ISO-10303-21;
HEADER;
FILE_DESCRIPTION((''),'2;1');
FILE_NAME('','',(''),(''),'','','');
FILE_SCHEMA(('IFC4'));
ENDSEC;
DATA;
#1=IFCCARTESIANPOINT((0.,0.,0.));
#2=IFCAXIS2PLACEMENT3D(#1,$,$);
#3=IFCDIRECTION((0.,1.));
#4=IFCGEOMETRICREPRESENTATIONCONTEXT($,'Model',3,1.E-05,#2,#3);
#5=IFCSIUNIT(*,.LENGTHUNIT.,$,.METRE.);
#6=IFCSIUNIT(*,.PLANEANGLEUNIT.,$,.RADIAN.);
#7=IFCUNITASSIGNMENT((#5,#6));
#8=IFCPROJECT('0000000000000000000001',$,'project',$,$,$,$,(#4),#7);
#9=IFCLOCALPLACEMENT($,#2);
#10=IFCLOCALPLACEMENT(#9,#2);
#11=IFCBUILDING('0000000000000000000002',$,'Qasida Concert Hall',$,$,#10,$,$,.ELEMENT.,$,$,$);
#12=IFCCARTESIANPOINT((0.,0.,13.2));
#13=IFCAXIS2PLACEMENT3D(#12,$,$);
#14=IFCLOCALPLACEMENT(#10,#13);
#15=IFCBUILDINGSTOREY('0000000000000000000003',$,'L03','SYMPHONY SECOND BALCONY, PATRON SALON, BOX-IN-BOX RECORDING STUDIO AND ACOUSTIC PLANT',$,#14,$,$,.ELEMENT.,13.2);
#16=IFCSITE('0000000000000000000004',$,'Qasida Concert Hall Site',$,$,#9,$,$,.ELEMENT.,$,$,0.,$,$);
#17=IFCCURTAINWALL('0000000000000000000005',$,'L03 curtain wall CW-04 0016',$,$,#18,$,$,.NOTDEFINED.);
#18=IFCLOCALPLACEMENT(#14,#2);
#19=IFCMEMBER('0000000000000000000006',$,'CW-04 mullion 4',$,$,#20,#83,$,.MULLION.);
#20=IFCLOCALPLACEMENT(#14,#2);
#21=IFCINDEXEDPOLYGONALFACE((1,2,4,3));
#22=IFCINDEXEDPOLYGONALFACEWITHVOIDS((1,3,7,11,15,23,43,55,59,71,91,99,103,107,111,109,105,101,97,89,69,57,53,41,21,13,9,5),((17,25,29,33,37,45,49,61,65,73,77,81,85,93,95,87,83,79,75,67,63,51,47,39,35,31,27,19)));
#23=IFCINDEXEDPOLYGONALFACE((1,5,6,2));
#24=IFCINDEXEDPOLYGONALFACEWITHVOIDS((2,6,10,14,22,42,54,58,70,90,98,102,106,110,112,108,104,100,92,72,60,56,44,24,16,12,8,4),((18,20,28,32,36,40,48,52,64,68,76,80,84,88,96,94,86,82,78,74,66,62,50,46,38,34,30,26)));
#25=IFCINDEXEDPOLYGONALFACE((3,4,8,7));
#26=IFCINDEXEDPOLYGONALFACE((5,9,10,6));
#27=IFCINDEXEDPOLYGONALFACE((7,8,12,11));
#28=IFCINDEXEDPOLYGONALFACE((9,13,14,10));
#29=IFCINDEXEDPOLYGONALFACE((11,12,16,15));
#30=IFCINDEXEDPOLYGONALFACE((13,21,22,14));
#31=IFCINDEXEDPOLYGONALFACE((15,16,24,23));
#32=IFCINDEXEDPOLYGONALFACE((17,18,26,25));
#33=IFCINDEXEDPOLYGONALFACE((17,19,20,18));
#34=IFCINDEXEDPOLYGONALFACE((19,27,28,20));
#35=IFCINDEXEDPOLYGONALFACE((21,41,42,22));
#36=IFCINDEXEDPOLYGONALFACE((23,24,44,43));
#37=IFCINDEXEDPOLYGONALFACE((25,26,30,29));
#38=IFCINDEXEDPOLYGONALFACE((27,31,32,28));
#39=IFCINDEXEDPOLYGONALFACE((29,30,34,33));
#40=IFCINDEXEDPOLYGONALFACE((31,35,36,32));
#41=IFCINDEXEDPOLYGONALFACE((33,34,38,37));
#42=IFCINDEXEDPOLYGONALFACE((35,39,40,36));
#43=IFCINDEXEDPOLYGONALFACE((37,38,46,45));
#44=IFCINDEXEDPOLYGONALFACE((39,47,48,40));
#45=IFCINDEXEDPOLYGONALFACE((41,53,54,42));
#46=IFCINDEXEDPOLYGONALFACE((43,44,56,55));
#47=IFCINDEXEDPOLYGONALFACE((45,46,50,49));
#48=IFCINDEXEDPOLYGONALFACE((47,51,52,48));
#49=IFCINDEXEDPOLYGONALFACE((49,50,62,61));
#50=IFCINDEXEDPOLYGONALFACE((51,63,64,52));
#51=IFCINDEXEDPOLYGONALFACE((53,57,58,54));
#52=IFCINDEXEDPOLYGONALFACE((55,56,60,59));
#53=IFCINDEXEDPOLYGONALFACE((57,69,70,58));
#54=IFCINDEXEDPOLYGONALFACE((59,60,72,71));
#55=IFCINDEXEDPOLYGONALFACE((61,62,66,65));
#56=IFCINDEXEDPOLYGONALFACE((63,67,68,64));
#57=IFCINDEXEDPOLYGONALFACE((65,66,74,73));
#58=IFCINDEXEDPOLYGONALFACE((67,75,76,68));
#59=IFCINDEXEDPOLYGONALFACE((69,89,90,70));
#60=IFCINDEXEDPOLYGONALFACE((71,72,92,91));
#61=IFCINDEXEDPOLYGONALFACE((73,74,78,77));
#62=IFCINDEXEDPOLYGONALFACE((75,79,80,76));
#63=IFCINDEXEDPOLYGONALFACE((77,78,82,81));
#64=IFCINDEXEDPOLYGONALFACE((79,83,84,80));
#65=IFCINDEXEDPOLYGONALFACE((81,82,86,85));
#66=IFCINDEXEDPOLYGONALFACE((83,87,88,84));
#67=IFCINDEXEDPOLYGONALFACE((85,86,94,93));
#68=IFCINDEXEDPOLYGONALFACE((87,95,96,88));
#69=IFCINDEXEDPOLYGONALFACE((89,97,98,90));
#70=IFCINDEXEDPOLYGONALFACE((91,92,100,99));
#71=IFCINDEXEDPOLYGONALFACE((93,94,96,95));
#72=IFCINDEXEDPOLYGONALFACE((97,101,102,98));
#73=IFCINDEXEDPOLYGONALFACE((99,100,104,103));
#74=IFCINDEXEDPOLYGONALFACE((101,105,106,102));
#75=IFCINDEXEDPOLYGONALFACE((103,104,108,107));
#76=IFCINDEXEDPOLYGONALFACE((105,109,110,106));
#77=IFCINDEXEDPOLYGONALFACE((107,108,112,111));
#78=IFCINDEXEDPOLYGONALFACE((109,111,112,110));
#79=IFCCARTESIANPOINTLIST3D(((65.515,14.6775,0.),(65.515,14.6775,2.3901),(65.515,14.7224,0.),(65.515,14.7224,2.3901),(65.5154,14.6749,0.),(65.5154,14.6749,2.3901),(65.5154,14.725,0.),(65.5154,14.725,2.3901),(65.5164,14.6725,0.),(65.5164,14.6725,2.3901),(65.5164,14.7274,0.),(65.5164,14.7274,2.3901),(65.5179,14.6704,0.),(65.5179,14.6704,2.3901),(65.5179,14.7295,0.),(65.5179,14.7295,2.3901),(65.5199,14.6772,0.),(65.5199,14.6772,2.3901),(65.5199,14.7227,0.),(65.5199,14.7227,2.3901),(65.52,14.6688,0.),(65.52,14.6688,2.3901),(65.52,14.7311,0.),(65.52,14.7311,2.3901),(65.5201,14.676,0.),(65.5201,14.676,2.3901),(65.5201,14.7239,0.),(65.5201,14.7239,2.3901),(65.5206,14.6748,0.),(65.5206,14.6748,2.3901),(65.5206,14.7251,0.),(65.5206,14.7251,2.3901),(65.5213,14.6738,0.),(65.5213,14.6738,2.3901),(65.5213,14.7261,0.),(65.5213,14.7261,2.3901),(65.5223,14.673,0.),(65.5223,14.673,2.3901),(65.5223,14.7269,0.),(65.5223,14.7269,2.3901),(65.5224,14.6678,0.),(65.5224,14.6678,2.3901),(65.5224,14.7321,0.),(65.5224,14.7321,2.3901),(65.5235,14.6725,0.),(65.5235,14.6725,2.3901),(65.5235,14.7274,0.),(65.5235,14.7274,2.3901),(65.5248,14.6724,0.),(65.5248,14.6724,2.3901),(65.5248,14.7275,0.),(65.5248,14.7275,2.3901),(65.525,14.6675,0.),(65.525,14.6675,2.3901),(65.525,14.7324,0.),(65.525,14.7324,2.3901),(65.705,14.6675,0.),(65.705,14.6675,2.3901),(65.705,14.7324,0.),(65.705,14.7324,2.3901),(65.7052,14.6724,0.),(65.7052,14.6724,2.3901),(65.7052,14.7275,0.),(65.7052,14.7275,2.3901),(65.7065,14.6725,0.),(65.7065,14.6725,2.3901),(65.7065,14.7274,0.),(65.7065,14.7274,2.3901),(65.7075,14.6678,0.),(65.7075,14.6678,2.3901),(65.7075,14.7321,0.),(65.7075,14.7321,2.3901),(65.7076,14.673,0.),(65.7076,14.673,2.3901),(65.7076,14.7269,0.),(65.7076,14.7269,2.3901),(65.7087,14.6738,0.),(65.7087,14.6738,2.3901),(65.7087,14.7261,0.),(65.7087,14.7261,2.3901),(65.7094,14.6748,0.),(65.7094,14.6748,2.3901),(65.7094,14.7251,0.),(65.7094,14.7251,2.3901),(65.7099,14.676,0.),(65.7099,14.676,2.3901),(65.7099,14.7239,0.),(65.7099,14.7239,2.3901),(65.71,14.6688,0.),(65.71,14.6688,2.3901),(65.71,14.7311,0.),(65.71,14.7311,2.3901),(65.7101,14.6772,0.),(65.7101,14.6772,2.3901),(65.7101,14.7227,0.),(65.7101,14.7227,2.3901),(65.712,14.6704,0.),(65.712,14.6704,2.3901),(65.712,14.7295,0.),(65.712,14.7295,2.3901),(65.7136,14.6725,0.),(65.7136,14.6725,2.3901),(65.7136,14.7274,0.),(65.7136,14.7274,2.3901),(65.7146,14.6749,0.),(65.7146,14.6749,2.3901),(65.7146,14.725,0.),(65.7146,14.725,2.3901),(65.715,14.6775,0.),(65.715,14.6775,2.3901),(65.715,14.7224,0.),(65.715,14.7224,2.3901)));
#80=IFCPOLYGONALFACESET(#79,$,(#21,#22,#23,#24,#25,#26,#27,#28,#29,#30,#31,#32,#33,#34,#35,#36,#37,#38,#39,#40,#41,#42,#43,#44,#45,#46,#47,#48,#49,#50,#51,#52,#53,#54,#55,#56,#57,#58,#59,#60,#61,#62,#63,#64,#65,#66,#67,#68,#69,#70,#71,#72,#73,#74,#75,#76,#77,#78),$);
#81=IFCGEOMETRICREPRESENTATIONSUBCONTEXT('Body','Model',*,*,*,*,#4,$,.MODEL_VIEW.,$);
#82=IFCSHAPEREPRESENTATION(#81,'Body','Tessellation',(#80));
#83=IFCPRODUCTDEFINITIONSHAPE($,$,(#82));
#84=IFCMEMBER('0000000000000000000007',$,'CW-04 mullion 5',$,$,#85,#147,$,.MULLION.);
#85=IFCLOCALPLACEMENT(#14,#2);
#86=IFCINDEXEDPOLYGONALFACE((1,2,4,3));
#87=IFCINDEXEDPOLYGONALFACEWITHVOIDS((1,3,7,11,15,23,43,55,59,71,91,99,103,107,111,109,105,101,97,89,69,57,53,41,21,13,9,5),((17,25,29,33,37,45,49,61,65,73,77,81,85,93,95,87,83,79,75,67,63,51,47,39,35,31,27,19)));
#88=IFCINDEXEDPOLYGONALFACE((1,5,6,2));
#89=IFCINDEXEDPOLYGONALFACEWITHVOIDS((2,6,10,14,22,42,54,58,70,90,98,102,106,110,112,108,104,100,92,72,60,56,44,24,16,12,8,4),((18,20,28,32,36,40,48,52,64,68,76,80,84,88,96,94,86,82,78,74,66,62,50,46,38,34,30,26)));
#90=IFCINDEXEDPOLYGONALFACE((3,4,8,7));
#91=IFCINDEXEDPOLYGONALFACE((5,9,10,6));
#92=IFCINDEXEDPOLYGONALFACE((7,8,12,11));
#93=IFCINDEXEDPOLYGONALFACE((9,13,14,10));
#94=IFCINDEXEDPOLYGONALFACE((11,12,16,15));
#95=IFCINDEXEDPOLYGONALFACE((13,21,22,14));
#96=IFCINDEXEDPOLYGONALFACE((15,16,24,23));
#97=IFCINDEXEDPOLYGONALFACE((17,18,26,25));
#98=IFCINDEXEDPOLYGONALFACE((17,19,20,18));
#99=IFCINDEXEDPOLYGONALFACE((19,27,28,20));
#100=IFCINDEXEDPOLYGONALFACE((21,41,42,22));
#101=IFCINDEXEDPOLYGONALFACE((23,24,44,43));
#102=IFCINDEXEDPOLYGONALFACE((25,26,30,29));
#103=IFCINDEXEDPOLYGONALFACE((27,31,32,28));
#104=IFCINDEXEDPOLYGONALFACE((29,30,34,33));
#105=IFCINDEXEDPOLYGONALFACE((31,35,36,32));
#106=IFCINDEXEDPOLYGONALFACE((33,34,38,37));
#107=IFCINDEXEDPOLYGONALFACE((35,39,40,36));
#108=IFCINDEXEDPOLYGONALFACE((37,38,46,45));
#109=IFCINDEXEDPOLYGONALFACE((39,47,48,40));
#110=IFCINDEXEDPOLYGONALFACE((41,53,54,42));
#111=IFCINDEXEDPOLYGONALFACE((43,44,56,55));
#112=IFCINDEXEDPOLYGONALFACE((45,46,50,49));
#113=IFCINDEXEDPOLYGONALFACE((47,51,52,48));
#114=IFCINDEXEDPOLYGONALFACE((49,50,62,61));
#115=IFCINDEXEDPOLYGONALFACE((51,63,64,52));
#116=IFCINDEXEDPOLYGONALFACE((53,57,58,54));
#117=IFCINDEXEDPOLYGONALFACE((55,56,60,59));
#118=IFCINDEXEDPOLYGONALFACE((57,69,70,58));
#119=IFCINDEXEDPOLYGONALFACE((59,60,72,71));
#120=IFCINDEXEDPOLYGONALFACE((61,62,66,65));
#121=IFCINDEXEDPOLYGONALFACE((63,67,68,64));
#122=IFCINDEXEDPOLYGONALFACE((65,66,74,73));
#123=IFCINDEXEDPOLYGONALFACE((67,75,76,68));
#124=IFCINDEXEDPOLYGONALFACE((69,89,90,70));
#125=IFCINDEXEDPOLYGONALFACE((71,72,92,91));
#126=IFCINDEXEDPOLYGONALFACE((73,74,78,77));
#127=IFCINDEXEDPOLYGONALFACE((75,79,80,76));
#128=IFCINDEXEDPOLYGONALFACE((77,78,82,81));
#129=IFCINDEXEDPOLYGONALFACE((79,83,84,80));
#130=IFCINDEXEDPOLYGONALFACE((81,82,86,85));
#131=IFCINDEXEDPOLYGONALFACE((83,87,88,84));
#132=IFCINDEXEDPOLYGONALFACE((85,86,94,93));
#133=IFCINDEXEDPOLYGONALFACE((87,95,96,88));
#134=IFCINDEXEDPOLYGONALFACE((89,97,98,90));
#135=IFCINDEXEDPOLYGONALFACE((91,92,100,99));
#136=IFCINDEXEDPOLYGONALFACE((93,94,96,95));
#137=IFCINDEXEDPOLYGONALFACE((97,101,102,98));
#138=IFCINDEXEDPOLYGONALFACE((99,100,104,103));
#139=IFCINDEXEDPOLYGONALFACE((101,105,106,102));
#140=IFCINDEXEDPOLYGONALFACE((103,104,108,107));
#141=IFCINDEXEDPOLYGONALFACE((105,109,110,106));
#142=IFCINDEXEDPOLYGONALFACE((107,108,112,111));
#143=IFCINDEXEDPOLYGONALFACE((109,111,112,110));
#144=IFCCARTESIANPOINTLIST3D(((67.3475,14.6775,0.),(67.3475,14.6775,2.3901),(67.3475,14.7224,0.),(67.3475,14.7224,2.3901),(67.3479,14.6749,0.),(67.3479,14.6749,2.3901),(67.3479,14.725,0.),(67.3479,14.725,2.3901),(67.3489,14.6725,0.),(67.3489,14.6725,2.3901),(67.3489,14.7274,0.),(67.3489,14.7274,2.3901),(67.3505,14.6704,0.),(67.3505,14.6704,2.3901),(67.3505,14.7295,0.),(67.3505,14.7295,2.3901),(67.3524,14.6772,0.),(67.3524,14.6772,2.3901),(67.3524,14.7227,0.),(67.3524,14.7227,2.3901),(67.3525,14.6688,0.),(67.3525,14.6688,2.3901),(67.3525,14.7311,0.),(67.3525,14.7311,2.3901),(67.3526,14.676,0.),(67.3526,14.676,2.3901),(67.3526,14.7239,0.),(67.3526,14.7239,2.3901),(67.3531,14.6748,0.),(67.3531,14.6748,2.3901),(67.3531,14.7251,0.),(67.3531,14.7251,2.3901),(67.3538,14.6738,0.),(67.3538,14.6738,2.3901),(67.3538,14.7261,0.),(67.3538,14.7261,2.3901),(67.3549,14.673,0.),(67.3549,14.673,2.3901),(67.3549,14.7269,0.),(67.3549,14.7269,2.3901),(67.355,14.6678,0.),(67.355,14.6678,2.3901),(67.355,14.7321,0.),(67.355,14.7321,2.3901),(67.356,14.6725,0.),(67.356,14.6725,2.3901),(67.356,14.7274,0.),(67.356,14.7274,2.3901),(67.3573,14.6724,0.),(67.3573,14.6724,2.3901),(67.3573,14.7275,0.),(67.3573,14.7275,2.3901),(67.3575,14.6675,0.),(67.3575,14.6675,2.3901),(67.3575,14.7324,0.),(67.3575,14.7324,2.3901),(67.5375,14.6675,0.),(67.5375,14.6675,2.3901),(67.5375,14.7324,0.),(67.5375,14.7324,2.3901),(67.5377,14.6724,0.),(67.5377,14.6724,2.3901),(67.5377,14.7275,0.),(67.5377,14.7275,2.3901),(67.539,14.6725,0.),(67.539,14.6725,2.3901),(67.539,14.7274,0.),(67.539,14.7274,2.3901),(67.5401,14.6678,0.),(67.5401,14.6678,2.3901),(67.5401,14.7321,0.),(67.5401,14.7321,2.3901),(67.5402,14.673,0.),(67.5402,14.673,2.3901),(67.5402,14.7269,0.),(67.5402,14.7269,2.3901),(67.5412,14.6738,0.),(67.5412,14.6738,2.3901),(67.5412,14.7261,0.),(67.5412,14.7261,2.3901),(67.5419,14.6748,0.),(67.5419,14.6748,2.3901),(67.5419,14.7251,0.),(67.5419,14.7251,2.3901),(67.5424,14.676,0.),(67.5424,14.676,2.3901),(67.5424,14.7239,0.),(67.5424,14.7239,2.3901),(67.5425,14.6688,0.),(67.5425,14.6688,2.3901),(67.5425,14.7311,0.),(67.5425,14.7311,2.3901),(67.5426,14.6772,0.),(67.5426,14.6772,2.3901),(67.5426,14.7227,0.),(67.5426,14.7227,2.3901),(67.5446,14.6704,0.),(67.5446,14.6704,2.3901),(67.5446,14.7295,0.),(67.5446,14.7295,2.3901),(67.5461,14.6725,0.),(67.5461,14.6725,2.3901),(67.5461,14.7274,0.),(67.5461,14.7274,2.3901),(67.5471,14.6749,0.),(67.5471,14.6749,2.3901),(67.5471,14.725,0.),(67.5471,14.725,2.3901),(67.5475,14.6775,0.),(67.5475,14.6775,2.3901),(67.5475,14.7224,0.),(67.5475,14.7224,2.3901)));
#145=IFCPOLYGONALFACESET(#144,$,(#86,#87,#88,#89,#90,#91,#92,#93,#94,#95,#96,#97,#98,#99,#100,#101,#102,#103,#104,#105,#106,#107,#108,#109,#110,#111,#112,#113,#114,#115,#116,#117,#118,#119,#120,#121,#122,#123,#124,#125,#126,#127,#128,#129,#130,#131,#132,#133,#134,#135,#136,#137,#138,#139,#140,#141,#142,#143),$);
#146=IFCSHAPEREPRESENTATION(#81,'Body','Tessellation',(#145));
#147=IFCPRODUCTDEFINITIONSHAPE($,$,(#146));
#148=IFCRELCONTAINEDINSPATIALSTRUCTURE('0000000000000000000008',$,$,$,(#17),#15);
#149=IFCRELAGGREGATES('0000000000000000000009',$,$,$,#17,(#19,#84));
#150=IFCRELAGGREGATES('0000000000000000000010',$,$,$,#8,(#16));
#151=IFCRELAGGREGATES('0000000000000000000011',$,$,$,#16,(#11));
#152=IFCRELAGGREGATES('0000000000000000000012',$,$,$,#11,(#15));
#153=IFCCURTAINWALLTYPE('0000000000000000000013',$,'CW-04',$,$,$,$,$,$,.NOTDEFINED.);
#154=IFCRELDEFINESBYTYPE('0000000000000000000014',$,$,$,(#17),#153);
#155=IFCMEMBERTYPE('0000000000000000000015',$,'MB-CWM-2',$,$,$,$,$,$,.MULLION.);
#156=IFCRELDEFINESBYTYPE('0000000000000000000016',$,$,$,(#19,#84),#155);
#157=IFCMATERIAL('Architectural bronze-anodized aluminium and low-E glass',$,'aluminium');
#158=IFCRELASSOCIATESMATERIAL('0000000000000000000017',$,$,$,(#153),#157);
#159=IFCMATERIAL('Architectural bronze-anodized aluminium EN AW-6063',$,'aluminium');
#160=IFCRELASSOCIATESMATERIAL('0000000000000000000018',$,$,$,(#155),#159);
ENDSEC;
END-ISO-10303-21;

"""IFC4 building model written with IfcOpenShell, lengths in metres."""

from ifc_helpers import new_model, si_unit, direction, frame, origin, origin_2d, place, context, subcontext, project, spatial, hollow_rectangle, extrude, material, material_profile, profile_set, type_object, element, aggregate, save


model = new_model("IFC4")

# Units and contexts
model_context = context("Model", 3, precision=1e-05, world=origin(), true_north=direction((0.0, 1.0)))
body_context = subcontext(model_context, "Body", "Model", "MODEL_VIEW")
ifc_project = project(units=[si_unit("LENGTHUNIT", "METRE"), si_unit("PLANEANGLEUNIT", "RADIAN")], contexts=[model_context])

# Site, building, storey
site_placement = place(None, origin())
site = spatial("IfcSite", under=ifc_project, at=site_placement, Name="Qasida Concert Hall Site", CompositionType="ELEMENT", RefElevation=0.0)
building_placement = place(site_placement, origin())
building = spatial("IfcBuilding", under=site, at=building_placement, Name="Qasida Concert Hall", CompositionType="ELEMENT")
storey_placement = place(building_placement, frame((0.0, 0.0, 13.2)))
storey = spatial("IfcBuildingStorey", under=building, at=storey_placement, Name="L03", Description="SYMPHONY SECOND BALCONY, PATRON SALON, BOX-IN-BOX RECORDING STUDIO AND ACOUSTIC PLANT", CompositionType="ELEMENT", Elevation=13.2)

# Curtain wall, members
ifc_material_1 = material(Name="Architectural bronze-anodized aluminium and low-E glass", Category="aluminium")
curtain_wall_type = type_object("IfcCurtainWallType", Name="CW-04", PredefinedType="NOTDEFINED", material=ifc_material_1)
curtain_wall_1_placement = place(storey_placement, origin())
curtain_wall_1 = element("IfcCurtainWall", 1, at=curtain_wall_1_placement, inside=storey, type_object=curtain_wall_type, Name="L03 curtain wall CW-04 0016", PredefinedType="NOTDEFINED")
ifc_material_2 = material(Name="Architectural bronze-anodized aluminium EN AW-6063", Category="aluminium")
ifc_material_profile_1 = material_profile(ifc_material_2, hollow_rectangle(XDim=0.0649, YDim=0.2, WallThickness=0.0049, InnerFilletRadius=0.0049, OuterFilletRadius=0.01, at=origin_2d()), Name="CWM 200x65x5")
ifc_profile_set_1 = profile_set([ifc_material_profile_1], Name="Architectural bronze-anodized aluminium EN AW-6063")
member_type_1 = type_object("IfcMemberType", Name="MB-CWM-2", PredefinedType="MULLION", material=ifc_profile_set_1)
member_1_placement = place(storey_placement, frame((65.615, 14.7, 0.0), z_axis=(0.0, 0.0, 1.0), x_axis=(0.0, 1.0, 0.0)))
member_1 = element("IfcMember", 2, at=member_1_placement, type_object=member_type_1, Name="CW-04 mullion 4", PredefinedType="MULLION", context=body_context, shape_type="SweptSolid", body=[
    extrude(hollow_rectangle(XDim=0.0649, YDim=0.2, WallThickness=0.0049, InnerFilletRadius=0.0049, OuterFilletRadius=0.01, at=origin_2d()), origin(), (0.0, 0.0, 1.0), 2.3901),
])
member_2_placement = place(storey_placement, frame((67.4475, 14.7, 0.0), z_axis=(0.0, 0.0, 1.0), x_axis=(0.0, 1.0, 0.0)))
member_2 = element("IfcMember", 3, at=member_2_placement, type_object=member_type_1, Name="CW-04 mullion 5", PredefinedType="MULLION", context=body_context, shape_type="SweptSolid", body=[
    extrude(hollow_rectangle(XDim=0.0649, YDim=0.2, WallThickness=0.0049, InnerFilletRadius=0.0049, OuterFilletRadius=0.01, at=origin_2d()), origin(), (0.0, 0.0, 1.0), 2.3901),
])

aggregate(curtain_wall_1, [member_1, member_2])

save(model, "model.ifc")
